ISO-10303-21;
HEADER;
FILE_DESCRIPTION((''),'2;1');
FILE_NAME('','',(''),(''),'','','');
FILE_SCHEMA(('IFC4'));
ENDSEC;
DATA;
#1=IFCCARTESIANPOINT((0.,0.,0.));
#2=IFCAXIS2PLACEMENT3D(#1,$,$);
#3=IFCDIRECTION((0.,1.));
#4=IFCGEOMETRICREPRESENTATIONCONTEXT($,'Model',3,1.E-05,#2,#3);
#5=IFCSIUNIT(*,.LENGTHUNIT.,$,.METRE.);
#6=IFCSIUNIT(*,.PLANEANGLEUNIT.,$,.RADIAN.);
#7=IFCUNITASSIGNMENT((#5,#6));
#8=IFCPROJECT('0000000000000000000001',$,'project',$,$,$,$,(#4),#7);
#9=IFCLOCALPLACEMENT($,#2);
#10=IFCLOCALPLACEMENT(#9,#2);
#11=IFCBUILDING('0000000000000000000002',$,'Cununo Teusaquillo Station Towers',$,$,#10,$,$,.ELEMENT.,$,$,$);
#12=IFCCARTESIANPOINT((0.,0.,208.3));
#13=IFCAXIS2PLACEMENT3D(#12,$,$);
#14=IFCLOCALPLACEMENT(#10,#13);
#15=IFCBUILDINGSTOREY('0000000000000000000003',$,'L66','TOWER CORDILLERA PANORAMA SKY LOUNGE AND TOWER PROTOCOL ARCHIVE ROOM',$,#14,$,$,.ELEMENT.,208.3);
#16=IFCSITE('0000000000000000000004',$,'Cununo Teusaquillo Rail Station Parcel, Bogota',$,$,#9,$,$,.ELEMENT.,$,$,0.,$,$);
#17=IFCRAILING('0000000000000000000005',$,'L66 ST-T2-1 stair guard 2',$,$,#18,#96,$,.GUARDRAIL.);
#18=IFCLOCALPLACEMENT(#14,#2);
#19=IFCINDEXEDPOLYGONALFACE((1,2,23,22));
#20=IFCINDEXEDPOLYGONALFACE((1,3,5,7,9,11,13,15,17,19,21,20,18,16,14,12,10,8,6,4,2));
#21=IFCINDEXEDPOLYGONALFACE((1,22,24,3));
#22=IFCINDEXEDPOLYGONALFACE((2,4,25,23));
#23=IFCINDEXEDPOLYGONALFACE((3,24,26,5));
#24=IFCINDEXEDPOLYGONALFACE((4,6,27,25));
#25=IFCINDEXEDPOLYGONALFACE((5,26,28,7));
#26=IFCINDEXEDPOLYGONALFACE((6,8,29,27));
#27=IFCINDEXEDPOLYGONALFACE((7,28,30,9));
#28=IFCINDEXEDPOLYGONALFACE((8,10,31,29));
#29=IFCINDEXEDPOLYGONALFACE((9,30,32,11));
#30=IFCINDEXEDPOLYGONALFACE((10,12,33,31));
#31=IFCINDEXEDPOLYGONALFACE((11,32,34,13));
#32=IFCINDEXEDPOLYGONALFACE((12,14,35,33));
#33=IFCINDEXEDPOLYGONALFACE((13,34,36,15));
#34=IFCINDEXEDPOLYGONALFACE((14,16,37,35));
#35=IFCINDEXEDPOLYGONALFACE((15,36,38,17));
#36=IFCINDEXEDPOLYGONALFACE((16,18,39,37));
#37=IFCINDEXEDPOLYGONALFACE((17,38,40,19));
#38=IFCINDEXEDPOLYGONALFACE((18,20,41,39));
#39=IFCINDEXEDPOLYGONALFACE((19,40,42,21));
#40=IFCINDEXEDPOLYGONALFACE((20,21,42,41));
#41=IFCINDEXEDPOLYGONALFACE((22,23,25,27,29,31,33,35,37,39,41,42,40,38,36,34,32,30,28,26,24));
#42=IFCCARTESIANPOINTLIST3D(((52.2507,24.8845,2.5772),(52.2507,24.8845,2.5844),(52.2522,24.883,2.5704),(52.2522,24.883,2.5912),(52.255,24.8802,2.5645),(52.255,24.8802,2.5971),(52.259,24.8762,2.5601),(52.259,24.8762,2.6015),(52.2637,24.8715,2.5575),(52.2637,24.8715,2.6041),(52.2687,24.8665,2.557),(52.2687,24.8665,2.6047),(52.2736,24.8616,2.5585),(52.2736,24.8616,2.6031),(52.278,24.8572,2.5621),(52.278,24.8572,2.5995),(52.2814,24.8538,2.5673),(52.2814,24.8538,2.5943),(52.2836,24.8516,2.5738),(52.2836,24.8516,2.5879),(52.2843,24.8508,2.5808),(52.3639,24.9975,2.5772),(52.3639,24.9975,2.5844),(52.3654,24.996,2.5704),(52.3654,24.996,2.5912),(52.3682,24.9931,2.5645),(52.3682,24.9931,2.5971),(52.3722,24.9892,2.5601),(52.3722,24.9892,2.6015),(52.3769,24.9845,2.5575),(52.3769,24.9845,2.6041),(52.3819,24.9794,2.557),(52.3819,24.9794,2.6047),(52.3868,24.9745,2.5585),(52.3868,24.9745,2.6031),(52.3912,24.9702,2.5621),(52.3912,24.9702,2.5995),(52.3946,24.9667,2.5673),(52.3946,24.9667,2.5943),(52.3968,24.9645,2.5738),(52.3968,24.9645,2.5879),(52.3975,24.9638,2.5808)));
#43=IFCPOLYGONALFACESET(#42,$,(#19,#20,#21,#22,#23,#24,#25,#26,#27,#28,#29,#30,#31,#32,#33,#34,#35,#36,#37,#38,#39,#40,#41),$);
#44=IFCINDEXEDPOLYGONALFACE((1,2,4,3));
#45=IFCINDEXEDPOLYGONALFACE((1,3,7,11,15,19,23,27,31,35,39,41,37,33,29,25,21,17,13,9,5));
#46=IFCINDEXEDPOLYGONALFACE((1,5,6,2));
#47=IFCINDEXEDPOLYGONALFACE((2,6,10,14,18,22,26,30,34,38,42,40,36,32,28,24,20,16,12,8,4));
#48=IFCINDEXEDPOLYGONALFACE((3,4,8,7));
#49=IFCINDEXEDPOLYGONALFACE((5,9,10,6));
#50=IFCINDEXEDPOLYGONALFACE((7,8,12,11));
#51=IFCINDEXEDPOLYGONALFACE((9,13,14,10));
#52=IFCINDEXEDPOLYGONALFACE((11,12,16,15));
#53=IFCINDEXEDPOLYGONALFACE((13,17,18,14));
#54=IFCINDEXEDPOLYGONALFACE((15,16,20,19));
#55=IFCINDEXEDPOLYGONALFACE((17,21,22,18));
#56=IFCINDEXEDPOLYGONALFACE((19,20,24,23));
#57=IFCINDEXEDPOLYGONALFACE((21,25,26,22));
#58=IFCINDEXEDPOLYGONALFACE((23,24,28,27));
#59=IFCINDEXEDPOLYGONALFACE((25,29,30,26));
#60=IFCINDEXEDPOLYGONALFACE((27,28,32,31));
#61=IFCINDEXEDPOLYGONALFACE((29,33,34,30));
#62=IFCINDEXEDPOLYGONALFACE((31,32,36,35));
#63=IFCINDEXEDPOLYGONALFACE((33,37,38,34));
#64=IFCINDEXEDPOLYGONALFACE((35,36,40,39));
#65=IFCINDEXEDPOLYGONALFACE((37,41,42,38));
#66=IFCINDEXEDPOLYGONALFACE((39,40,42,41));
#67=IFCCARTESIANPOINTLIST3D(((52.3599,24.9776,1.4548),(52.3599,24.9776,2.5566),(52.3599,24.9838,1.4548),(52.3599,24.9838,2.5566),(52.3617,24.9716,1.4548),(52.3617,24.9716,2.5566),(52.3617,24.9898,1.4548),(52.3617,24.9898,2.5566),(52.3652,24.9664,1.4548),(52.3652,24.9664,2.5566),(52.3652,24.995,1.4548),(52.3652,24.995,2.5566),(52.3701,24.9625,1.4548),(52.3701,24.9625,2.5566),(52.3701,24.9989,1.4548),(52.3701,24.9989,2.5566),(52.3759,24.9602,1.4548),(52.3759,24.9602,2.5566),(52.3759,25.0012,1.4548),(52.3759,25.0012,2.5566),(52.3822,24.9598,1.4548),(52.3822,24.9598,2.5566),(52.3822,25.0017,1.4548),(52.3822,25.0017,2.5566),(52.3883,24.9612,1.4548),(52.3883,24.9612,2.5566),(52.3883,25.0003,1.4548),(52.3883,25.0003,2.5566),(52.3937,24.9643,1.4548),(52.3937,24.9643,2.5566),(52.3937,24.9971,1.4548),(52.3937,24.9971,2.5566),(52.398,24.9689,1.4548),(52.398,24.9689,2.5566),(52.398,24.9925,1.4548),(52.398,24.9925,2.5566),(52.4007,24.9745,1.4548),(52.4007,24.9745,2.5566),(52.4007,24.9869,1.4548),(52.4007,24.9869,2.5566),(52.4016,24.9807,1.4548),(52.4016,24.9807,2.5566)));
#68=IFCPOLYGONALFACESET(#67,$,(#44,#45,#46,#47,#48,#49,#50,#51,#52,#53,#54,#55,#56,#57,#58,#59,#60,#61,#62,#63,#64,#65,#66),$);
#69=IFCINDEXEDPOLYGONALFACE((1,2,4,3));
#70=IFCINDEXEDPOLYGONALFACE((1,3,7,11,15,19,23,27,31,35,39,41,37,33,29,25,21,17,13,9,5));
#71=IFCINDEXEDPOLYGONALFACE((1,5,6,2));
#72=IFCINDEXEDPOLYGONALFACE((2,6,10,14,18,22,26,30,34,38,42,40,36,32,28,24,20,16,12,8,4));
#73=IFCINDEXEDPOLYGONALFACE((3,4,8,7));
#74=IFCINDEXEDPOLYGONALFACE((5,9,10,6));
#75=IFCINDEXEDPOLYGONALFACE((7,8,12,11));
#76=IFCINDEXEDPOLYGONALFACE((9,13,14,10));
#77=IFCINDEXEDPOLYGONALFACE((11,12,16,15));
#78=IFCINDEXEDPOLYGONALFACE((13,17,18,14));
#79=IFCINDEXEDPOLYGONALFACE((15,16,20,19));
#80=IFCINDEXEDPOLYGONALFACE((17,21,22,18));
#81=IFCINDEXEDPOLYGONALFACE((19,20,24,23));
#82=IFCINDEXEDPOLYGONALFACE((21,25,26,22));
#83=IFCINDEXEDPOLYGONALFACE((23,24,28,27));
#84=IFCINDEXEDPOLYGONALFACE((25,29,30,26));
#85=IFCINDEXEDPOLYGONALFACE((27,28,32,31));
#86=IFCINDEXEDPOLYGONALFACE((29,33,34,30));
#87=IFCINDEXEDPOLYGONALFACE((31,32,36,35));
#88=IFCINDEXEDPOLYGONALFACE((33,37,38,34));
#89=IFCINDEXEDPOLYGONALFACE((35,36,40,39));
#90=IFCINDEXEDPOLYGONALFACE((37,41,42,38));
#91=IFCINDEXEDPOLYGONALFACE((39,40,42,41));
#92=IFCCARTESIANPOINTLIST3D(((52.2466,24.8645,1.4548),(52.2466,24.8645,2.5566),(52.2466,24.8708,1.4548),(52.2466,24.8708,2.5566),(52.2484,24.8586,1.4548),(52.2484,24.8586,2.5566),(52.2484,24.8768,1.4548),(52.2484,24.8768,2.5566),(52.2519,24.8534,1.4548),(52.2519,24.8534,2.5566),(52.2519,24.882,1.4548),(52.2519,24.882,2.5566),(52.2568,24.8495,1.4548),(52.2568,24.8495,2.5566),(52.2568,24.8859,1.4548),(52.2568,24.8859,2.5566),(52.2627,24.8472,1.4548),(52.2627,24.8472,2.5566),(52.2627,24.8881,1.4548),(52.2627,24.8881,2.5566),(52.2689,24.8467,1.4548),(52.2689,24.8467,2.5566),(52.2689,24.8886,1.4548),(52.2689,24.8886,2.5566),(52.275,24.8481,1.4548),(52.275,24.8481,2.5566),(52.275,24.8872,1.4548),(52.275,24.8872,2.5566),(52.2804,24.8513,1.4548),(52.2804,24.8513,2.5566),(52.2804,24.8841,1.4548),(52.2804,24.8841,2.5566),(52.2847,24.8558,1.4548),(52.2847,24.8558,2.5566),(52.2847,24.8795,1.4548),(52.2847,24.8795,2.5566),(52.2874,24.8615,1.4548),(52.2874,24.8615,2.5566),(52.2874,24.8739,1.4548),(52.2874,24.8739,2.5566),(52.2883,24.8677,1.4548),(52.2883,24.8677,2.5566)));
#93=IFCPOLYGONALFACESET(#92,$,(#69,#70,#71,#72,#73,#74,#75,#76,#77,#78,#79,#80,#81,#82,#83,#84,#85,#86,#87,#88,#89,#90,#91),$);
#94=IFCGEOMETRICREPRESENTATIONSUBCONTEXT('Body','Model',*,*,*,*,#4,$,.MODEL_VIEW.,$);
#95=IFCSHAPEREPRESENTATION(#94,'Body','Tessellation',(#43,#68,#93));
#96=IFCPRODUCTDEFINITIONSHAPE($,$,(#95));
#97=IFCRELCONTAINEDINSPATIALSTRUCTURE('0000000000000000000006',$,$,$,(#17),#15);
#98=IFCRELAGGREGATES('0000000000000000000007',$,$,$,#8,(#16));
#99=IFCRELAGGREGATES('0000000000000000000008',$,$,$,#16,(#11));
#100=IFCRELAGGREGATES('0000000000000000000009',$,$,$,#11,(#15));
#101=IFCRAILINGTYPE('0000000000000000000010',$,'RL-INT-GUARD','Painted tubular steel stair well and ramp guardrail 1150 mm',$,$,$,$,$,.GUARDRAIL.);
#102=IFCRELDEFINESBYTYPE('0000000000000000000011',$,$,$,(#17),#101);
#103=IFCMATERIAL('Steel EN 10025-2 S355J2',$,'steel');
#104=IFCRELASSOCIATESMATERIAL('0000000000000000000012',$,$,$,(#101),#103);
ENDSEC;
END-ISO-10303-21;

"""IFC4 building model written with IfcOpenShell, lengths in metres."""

from ifc_helpers import new_model, si_unit, direction, frame, origin, origin_2d, place, context, subcontext, project, spatial, circle, extrude, material, type_object, element, save


model = new_model("IFC4")

# Units and contexts
model_context = context("Model", 3, precision=1e-05, world=origin(), true_north=direction((0.0, 1.0)))
body_context = subcontext(model_context, "Body", "Model", "MODEL_VIEW")
ifc_project = project(units=[si_unit("LENGTHUNIT", "METRE"), si_unit("PLANEANGLEUNIT", "RADIAN")], contexts=[model_context])

# Site, building, storey
site_placement = place(None, origin())
site = spatial("IfcSite", under=ifc_project, at=site_placement, Name="Cununo Teusaquillo Rail Station Parcel, Bogota", CompositionType="ELEMENT", RefElevation=0.0)
building_placement = place(site_placement, origin())
building = spatial("IfcBuilding", under=site, at=building_placement, Name="Cununo Teusaquillo Station Towers", CompositionType="ELEMENT")
storey_placement = place(building_placement, frame((0.0, 0.0, 208.3)))
storey = spatial("IfcBuildingStorey", under=building, at=storey_placement, Name="L66", Description="TOWER CORDILLERA PANORAMA SKY LOUNGE AND TOWER PROTOCOL ARCHIVE ROOM", CompositionType="ELEMENT", Elevation=208.3)

# Railing
ifc_material_1 = material(Name="Steel EN 10025-2 S355J2", Category="steel")
railing_type_1 = type_object("IfcRailingType", Name="RL-INT-GUARD", Description="Painted tubular steel stair well and ramp guardrail 1150 mm", PredefinedType="GUARDRAIL", material=ifc_material_1)
railing_1_placement = place(storey_placement, frame((52.3806, 24.9807, 1.4548)))
element("IfcRailing", 1, at=railing_1_placement, inside=storey, type_object=railing_type_1, Name="L66 ST-T2-1 stair guard 2", PredefinedType="GUARDRAIL", context=body_context, shape_type="SweptSolid", body=[
    extrude(circle(Radius=0.0239, at=origin_2d()), frame((0.0, 0.0, 1.126), z_axis=(-0.707869, -0.706344, 0.0), x_axis=(0.706344, -0.707869, 0.0)), (0.0, 0.0, 1.0), 0.1599),
    extrude(circle(Radius=0.021, at=origin_2d()), origin(), (0.0, 0.0, 1.0), 1.1018),
    extrude(circle(Radius=0.021, at=origin_2d()), frame((-0.1133, -0.113, 0.0)), (0.0, 0.0, 1.0), 1.1018),
])

save(model, "model.ifc")
